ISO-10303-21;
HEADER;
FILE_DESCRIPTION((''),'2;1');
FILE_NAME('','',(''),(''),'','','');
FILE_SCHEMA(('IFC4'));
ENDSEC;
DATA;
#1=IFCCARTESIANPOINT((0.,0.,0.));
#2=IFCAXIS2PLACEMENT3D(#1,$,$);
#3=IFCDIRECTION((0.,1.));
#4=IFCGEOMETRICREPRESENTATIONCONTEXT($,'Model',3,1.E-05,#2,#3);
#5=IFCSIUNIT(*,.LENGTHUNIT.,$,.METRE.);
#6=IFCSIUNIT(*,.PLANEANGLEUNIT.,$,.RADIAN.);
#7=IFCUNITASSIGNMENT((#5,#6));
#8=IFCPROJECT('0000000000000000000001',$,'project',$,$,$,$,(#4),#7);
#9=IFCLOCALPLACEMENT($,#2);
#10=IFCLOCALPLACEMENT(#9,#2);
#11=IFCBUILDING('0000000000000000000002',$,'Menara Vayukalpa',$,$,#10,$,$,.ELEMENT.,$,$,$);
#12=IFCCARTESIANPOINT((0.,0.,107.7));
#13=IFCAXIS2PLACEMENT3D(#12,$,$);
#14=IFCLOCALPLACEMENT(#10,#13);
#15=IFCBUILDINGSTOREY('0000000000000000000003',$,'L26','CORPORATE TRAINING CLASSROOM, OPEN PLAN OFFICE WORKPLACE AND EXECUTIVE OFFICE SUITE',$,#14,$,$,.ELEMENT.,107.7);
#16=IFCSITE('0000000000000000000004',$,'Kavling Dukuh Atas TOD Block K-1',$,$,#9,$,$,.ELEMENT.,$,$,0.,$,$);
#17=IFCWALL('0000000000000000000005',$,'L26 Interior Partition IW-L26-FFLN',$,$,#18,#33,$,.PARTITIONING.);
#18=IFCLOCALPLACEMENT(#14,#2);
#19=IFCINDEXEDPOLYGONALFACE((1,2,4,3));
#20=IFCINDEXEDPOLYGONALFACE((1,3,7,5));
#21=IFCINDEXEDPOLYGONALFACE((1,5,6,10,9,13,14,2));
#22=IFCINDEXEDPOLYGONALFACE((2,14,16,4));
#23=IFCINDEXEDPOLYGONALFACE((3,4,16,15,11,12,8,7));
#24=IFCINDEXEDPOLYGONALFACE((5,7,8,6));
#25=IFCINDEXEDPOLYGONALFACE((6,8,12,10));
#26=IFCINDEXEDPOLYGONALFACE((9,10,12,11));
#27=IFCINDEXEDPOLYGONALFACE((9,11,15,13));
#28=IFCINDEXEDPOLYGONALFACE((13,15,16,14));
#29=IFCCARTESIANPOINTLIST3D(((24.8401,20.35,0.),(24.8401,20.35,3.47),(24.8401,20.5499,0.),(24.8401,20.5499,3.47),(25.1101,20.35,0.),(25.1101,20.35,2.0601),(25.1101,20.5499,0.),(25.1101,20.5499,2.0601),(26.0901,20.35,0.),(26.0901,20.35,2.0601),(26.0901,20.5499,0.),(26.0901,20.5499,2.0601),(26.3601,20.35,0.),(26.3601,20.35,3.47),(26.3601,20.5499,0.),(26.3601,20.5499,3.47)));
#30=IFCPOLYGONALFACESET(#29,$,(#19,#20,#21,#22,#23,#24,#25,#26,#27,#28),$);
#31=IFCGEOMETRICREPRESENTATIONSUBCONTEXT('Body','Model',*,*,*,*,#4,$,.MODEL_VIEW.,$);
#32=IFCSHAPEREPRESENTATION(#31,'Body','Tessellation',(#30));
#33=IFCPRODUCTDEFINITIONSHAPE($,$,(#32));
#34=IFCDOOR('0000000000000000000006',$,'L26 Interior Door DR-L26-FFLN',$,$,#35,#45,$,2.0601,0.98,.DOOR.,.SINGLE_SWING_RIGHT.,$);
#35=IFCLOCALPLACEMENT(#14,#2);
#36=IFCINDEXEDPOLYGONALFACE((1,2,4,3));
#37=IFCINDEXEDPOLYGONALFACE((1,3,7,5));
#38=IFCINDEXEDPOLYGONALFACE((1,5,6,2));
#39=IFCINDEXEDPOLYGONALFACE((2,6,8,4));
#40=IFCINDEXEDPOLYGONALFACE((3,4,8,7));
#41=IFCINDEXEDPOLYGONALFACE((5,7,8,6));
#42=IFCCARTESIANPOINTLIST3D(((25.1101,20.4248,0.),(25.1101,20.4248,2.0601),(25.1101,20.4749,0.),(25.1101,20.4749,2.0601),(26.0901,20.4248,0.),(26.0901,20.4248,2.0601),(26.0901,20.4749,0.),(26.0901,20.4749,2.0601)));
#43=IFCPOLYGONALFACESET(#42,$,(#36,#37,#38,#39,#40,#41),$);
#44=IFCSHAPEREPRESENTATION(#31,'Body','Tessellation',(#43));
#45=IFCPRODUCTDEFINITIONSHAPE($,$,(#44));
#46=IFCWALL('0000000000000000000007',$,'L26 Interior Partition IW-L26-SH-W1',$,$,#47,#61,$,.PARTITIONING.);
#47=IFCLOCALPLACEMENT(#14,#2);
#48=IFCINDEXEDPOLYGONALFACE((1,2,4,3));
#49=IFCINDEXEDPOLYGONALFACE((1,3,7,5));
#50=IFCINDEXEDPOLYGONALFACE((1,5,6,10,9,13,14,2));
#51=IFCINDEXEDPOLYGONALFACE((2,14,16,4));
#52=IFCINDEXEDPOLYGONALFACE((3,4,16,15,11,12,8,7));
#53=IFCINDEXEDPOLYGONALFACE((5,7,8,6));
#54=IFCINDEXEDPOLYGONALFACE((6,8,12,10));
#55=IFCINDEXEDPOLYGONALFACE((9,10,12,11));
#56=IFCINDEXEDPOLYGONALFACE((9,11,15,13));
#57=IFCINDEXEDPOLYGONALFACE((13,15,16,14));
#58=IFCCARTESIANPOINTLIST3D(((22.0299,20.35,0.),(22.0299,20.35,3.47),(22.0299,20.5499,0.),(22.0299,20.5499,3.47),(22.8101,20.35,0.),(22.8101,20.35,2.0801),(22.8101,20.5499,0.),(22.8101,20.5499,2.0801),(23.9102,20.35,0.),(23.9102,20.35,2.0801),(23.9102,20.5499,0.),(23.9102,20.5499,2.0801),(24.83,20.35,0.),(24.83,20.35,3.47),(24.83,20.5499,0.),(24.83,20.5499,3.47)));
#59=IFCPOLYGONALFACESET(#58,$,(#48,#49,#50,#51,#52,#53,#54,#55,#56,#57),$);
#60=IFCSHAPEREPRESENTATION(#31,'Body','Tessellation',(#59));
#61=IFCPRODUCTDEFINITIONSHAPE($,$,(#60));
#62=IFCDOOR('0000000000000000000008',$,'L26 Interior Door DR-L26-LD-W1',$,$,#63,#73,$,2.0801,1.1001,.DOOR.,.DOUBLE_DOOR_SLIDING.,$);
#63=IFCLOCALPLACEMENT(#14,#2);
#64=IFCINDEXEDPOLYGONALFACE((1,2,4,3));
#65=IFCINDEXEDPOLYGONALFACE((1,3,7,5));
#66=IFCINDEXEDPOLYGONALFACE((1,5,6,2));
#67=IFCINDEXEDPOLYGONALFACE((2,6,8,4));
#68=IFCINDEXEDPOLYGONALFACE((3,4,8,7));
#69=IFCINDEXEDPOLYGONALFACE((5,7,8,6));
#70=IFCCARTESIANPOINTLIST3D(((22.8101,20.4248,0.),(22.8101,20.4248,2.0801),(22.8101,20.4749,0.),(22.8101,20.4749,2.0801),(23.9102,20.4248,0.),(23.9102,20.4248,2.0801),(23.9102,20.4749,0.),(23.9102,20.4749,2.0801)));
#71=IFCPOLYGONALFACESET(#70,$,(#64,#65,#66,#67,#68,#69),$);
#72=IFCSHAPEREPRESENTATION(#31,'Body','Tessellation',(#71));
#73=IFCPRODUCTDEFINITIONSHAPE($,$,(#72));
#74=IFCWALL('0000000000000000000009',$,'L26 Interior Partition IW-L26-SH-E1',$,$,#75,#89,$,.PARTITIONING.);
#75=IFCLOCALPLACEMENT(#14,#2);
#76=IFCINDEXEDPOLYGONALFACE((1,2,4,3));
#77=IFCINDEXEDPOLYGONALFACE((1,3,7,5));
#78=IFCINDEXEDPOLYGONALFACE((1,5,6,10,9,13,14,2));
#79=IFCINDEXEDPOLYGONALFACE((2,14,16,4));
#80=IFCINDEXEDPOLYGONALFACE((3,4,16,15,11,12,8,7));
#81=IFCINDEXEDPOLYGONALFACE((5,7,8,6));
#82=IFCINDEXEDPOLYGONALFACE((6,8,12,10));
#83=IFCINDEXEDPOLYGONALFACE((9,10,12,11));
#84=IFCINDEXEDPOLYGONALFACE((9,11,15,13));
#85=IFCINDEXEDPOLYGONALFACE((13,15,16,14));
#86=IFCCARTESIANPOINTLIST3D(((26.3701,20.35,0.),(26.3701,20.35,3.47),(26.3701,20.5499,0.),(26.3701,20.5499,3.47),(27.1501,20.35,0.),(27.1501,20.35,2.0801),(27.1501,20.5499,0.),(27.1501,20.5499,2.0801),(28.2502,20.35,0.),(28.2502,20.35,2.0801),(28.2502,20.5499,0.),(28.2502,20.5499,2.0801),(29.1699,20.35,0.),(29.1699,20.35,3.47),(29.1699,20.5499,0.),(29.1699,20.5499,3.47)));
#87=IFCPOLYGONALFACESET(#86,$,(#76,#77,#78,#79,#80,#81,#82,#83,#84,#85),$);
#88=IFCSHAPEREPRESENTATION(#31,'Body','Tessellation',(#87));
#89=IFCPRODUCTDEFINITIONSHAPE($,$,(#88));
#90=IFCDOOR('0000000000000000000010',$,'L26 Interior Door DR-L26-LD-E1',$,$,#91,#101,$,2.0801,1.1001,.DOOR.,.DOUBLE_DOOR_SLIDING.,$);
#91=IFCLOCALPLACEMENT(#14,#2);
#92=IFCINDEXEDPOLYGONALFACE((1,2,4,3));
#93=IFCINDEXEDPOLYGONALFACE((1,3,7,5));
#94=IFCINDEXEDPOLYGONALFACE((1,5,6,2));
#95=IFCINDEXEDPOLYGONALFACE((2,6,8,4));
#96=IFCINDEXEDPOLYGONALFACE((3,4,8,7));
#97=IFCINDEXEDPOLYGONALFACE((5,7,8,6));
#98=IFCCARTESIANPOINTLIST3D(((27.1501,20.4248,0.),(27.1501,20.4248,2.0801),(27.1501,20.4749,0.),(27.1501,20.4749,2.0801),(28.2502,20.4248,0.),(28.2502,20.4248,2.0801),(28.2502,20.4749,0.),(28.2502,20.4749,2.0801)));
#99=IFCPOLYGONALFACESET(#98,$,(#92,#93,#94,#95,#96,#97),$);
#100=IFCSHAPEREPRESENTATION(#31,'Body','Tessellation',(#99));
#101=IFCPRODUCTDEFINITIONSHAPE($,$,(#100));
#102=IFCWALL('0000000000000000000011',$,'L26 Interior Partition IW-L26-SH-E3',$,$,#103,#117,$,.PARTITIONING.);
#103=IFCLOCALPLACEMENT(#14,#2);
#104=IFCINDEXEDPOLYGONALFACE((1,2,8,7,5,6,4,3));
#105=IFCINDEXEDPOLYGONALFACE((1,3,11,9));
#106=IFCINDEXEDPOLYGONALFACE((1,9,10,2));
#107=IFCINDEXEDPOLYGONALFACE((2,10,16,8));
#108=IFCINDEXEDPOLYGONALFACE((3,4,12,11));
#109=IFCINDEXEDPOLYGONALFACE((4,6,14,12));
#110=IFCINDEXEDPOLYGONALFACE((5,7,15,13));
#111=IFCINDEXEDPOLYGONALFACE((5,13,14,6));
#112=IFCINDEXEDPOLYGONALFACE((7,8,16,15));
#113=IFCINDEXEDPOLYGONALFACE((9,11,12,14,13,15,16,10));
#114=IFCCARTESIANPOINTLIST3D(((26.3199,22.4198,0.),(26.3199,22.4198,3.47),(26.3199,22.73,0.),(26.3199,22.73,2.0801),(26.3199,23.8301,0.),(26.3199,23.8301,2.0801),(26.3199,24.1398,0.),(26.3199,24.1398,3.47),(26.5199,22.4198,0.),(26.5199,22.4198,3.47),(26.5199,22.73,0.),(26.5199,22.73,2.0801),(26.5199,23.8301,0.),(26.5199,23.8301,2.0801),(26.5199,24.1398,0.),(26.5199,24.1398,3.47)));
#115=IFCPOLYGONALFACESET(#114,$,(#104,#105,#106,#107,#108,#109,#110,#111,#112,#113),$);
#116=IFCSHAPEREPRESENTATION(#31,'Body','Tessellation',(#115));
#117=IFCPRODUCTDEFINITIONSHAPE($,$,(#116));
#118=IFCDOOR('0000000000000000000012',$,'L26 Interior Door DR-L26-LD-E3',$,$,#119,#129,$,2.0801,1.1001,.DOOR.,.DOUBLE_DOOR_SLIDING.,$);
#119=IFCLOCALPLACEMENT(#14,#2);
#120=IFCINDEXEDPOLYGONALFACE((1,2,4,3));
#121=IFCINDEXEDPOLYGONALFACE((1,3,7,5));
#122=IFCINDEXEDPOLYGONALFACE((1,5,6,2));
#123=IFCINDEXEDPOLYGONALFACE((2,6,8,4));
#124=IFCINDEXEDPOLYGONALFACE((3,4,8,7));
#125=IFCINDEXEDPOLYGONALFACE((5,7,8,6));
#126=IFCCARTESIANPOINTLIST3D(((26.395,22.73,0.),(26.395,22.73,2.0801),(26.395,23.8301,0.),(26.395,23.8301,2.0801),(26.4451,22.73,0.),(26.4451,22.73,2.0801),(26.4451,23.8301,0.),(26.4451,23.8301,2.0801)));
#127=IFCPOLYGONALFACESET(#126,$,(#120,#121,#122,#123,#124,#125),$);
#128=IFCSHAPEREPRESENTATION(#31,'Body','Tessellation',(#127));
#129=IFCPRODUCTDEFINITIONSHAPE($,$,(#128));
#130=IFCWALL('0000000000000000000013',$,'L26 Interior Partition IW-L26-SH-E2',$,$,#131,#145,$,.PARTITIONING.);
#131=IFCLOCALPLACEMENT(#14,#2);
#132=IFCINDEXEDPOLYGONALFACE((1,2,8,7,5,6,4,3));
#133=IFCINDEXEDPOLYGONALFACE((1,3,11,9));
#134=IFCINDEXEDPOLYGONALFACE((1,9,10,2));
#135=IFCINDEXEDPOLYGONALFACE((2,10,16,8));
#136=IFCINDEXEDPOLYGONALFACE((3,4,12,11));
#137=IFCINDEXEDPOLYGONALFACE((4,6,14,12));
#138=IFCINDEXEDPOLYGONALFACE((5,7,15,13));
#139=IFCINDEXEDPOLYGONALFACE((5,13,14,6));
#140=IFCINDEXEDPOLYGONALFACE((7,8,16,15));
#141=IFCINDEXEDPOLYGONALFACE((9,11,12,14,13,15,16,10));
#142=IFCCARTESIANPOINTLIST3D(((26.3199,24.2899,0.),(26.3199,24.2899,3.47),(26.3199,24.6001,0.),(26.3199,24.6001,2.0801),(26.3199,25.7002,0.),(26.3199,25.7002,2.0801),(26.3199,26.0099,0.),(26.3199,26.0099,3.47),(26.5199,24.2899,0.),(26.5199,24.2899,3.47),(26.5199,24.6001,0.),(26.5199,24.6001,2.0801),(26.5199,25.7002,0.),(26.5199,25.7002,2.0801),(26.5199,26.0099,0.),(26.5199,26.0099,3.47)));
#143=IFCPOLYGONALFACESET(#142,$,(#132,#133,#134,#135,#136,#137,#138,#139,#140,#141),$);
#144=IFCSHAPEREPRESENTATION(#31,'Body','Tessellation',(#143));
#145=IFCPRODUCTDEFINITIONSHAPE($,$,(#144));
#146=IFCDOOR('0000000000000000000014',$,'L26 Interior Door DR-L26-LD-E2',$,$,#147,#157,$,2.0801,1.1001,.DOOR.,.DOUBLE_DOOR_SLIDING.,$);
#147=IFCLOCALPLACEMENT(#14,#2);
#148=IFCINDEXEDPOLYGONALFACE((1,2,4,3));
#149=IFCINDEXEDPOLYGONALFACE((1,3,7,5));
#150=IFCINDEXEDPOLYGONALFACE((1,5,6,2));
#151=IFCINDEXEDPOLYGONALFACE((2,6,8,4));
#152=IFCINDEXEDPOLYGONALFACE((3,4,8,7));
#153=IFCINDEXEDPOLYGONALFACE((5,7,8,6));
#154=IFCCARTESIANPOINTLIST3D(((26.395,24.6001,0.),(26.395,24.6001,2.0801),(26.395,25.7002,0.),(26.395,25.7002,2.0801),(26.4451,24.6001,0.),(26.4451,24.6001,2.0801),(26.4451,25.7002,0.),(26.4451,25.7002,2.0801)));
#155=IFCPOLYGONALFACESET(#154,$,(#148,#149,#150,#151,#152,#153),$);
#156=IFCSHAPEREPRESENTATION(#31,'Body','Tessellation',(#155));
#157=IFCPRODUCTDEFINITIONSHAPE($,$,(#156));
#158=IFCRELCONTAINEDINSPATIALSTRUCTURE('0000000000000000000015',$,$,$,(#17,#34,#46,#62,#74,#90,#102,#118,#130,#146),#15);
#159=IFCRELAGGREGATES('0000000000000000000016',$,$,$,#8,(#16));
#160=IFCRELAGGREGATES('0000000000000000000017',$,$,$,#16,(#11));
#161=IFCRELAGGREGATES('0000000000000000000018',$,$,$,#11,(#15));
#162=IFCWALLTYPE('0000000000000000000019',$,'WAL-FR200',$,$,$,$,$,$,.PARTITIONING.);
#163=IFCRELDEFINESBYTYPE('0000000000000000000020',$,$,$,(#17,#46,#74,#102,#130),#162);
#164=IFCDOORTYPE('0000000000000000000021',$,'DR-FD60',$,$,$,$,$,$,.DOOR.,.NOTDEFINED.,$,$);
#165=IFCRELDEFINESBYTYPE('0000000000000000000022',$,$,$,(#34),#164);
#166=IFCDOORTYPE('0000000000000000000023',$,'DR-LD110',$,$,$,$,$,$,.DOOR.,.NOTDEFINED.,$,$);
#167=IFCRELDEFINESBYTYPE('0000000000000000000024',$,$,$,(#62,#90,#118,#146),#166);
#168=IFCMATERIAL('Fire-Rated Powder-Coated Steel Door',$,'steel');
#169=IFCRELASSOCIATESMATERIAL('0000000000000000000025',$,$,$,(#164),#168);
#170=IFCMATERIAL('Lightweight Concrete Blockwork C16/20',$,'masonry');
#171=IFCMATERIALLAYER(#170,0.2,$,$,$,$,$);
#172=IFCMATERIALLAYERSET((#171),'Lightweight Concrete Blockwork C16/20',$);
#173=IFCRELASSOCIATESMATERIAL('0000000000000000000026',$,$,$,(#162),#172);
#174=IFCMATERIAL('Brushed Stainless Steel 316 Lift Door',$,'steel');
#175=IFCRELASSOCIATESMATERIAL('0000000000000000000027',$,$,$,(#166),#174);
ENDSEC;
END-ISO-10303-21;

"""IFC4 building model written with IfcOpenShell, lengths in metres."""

from ifc_helpers import new_model, si_unit, direction, frame, frame_2d, origin, place, context, subcontext, project, spatial, rectangle, extrude, material, layer, layer_set, type_object, element, fill, save


model = new_model("IFC4")

# Units and contexts
model_context = context("Model", 3, precision=1e-05, world=origin(), true_north=direction((0.0, 1.0)))
body_context = subcontext(model_context, "Body", "Model", "MODEL_VIEW")
ifc_project = project(units=[si_unit("LENGTHUNIT", "METRE"), si_unit("PLANEANGLEUNIT", "RADIAN")], contexts=[model_context])

# Site, building, storey
site_placement = place(None, origin())
site = spatial("IfcSite", under=ifc_project, at=site_placement, Name="Kavling Dukuh Atas TOD Block K-1", CompositionType="ELEMENT", RefElevation=0.0)
building_placement = place(site_placement, origin())
building = spatial("IfcBuilding", under=site, at=building_placement, Name="Menara Vayukalpa", CompositionType="ELEMENT")
storey_placement = place(building_placement, frame((0.0, 0.0, 107.7)))
storey = spatial("IfcBuildingStorey", under=building, at=storey_placement, Name="L26", Description="CORPORATE TRAINING CLASSROOM, OPEN PLAN OFFICE WORKPLACE AND EXECUTIVE OFFICE SUITE", CompositionType="ELEMENT", Elevation=107.7)

# Walls, openings, doors
ifc_material_1 = material(Name="Fire-Rated Powder-Coated Steel Door", Category="steel")
door_type_1 = type_object("IfcDoorType", Name="DR-FD60", OperationType="NOTDEFINED", PredefinedType="DOOR", material=ifc_material_1)
ifc_material_2 = material(Name="Lightweight Concrete Blockwork C16/20", Category="masonry")
ifc_layer_1 = layer(ifc_material_2, 0.2)
ifc_layer_set_1 = layer_set([ifc_layer_1], Name="Lightweight Concrete Blockwork C16/20")
wall_type_1 = type_object("IfcWallType", Name="WAL-FR200", PredefinedType="PARTITIONING", material=ifc_layer_set_1)
wall_1_placement = place(storey_placement, frame((24.8401, 20.45, 0.0), z_axis=(0.0, 0.0, 1.0), x_axis=(1.0, 0.0, 0.0)))
wall_1 = element("IfcWall", 1, at=wall_1_placement, inside=storey, type_object=wall_type_1, Name="L26 Interior Partition IW-L26-FFLN", PredefinedType="PARTITIONING", context=body_context, shape_type="SweptSolid", body=[
    extrude(rectangle(XDim=1.52, YDim=0.2, at=frame_2d((0.76, 0.0))), origin(), (0.0, 0.0, 1.0), 3.47),
])
opening_1_placement = place(wall_1_placement, frame((0.27, 0.0, 0.0)))
opening_1 = element("IfcOpeningElement", 2, at=opening_1_placement, cuts=wall_1, PredefinedType="OPENING", context=body_context, shape_type="SweptSolid", body=[
    extrude(rectangle(XDim=0.98, YDim=2.0601, at=frame_2d((0.49, 1.03))), frame((0.0, 0.1099, 0.0), z_axis=(0.0, -1.0, 0.0), x_axis=(1.0, 0.0, 0.0)), (0.0, 0.0, 1.0), 0.22),
])
door_1_placement = place(opening_1_placement, origin())
door_1 = element("IfcDoor", 3, at=door_1_placement, inside=storey, type_object=door_type_1, Name="L26 Interior Door DR-L26-FFLN", OperationType="SINGLE_SWING_RIGHT", OverallHeight=2.0601, OverallWidth=0.98, PredefinedType="DOOR", context=body_context, shape_type="SweptSolid", body=[
    extrude(rectangle(XDim=0.98, YDim=2.0601, at=frame_2d((0.49, 1.03))), frame((0.0, 0.0249, 0.0), z_axis=(0.0, -1.0, 0.0), x_axis=(1.0, 0.0, 0.0)), (0.0, 0.0, 1.0), 0.05),
])
fill(opening_1, door_1)
wall_2_placement = place(storey_placement, frame((22.03, 20.45, 0.0), z_axis=(0.0, 0.0, 1.0), x_axis=(1.0, 0.0, 0.0)))
wall_2 = element("IfcWall", 4, at=wall_2_placement, inside=storey, type_object=wall_type_1, Name="L26 Interior Partition IW-L26-SH-W1", PredefinedType="PARTITIONING", context=body_context, shape_type="SweptSolid", body=[
    extrude(rectangle(XDim=2.8, YDim=0.2, at=frame_2d((1.3999, 0.0))), origin(), (0.0, 0.0, 1.0), 3.47),
])
opening_2_placement = place(wall_2_placement, frame((0.78, 0.0, 0.0)))
opening_2 = element("IfcOpeningElement", 5, at=opening_2_placement, cuts=wall_2, PredefinedType="OPENING", context=body_context, shape_type="SweptSolid", body=[
    extrude(rectangle(XDim=1.1001, YDim=2.0801, at=frame_2d((0.55, 1.04))), frame((0.0, 0.1099, 0.0), z_axis=(0.0, -1.0, 0.0), x_axis=(1.0, 0.0, 0.0)), (0.0, 0.0, 1.0), 0.22),
])
ifc_material_3 = material(Name="Brushed Stainless Steel 316 Lift Door", Category="steel")
door_type_2 = type_object("IfcDoorType", Name="DR-LD110", OperationType="NOTDEFINED", PredefinedType="DOOR", material=ifc_material_3)
door_2_placement = place(opening_2_placement, origin())
door_2 = element("IfcDoor", 6, at=door_2_placement, inside=storey, type_object=door_type_2, Name="L26 Interior Door DR-L26-LD-W1", OperationType="DOUBLE_DOOR_SLIDING", OverallHeight=2.0801, OverallWidth=1.1001, PredefinedType="DOOR", context=body_context, shape_type="SweptSolid", body=[
    extrude(rectangle(XDim=1.1001, YDim=2.0801, at=frame_2d((0.55, 1.04))), frame((0.0, 0.0249, 0.0), z_axis=(0.0, -1.0, 0.0), x_axis=(1.0, 0.0, 0.0)), (0.0, 0.0, 1.0), 0.05),
])
fill(opening_2, door_2)
wall_3_placement = place(storey_placement, frame((26.3701, 20.45, 0.0), z_axis=(0.0, 0.0, 1.0), x_axis=(1.0, 0.0, 0.0)))
wall_3 = element("IfcWall", 7, at=wall_3_placement, inside=storey, type_object=wall_type_1, Name="L26 Interior Partition IW-L26-SH-E1", PredefinedType="PARTITIONING", context=body_context, shape_type="SweptSolid", body=[
    extrude(rectangle(XDim=2.7998, YDim=0.2, at=frame_2d((1.3999, 0.0))), origin(), (0.0, 0.0, 1.0), 3.47),
])
opening_3_placement = place(wall_3_placement, frame((0.78, 0.0, 0.0)))
opening_3 = element("IfcOpeningElement", 8, at=opening_3_placement, cuts=wall_3, PredefinedType="OPENING", context=body_context, shape_type="SweptSolid", body=[
    extrude(rectangle(XDim=1.1001, YDim=2.0801, at=frame_2d((0.55, 1.04))), frame((0.0, 0.1099, 0.0), z_axis=(0.0, -1.0, 0.0), x_axis=(1.0, 0.0, 0.0)), (0.0, 0.0, 1.0), 0.22),
])
door_3_placement = place(opening_3_placement, origin())
door_3 = element("IfcDoor", 9, at=door_3_placement, inside=storey, type_object=door_type_2, Name="L26 Interior Door DR-L26-LD-E1", OperationType="DOUBLE_DOOR_SLIDING", OverallHeight=2.0801, OverallWidth=1.1001, PredefinedType="DOOR", context=body_context, shape_type="SweptSolid", body=[
    extrude(rectangle(XDim=1.1001, YDim=2.0801, at=frame_2d((0.55, 1.04))), frame((0.0, 0.0249, 0.0), z_axis=(0.0, -1.0, 0.0), x_axis=(1.0, 0.0, 0.0)), (0.0, 0.0, 1.0), 0.05),
])
fill(opening_3, door_3)
wall_4_placement = place(storey_placement, frame((26.4199, 22.4199, 0.0), z_axis=(0.0, 0.0, 1.0), x_axis=(0.0, 1.0, 0.0)))
wall_4 = element("IfcWall", 10, at=wall_4_placement, inside=storey, type_object=wall_type_1, Name="L26 Interior Partition IW-L26-SH-E3", PredefinedType="PARTITIONING", context=body_context, shape_type="SweptSolid", body=[
    extrude(rectangle(XDim=1.72, YDim=0.2, at=frame_2d((0.8599, 0.0))), origin(), (0.0, 0.0, 1.0), 3.47),
])
opening_4_placement = place(wall_4_placement, frame((0.3101, 0.0, 0.0)))
opening_4 = element("IfcOpeningElement", 11, at=opening_4_placement, cuts=wall_4, PredefinedType="OPENING", context=body_context, shape_type="SweptSolid", body=[
    extrude(rectangle(XDim=1.1001, YDim=2.0801, at=frame_2d((0.55, 1.04))), frame((0.0, 0.1099, 0.0), z_axis=(0.0, -1.0, 0.0), x_axis=(1.0, 0.0, 0.0)), (0.0, 0.0, 1.0), 0.22),
])
door_4_placement = place(opening_4_placement, origin())
door_4 = element("IfcDoor", 12, at=door_4_placement, inside=storey, type_object=door_type_2, Name="L26 Interior Door DR-L26-LD-E3", OperationType="DOUBLE_DOOR_SLIDING", OverallHeight=2.0801, OverallWidth=1.1001, PredefinedType="DOOR", context=body_context, shape_type="SweptSolid", body=[
    extrude(rectangle(XDim=1.1001, YDim=2.0801, at=frame_2d((0.55, 1.04))), frame((0.0, 0.0249, 0.0), z_axis=(0.0, -1.0, 0.0), x_axis=(1.0, 0.0, 0.0)), (0.0, 0.0, 1.0), 0.05),
])
fill(opening_4, door_4)
wall_5_placement = place(storey_placement, frame((26.4199, 24.29, 0.0), z_axis=(0.0, 0.0, 1.0), x_axis=(0.0, 1.0, 0.0)))
wall_5 = element("IfcWall", 13, at=wall_5_placement, inside=storey, type_object=wall_type_1, Name="L26 Interior Partition IW-L26-SH-E2", PredefinedType="PARTITIONING", context=body_context, shape_type="SweptSolid", body=[
    extrude(rectangle(XDim=1.72, YDim=0.2, at=frame_2d((0.8599, 0.0))), origin(), (0.0, 0.0, 1.0), 3.47),
])
opening_5_placement = place(wall_5_placement, frame((0.3101, 0.0, 0.0)))
opening_5 = element("IfcOpeningElement", 14, at=opening_5_placement, cuts=wall_5, PredefinedType="OPENING", context=body_context, shape_type="SweptSolid", body=[
    extrude(rectangle(XDim=1.1001, YDim=2.0801, at=frame_2d((0.55, 1.04))), frame((0.0, 0.1099, 0.0), z_axis=(0.0, -1.0, 0.0), x_axis=(1.0, 0.0, 0.0)), (0.0, 0.0, 1.0), 0.22),
])
door_5_placement = place(opening_5_placement, origin())
door_5 = element("IfcDoor", 15, at=door_5_placement, inside=storey, type_object=door_type_2, Name="L26 Interior Door DR-L26-LD-E2", OperationType="DOUBLE_DOOR_SLIDING", OverallHeight=2.0801, OverallWidth=1.1001, PredefinedType="DOOR", context=body_context, shape_type="SweptSolid", body=[
    extrude(rectangle(XDim=1.1001, YDim=2.0801, at=frame_2d((0.55, 1.04))), frame((0.0, 0.0249, 0.0), z_axis=(0.0, -1.0, 0.0), x_axis=(1.0, 0.0, 0.0)), (0.0, 0.0, 1.0), 0.05),
])
fill(opening_5, door_5)

save(model, "model.ifc")
